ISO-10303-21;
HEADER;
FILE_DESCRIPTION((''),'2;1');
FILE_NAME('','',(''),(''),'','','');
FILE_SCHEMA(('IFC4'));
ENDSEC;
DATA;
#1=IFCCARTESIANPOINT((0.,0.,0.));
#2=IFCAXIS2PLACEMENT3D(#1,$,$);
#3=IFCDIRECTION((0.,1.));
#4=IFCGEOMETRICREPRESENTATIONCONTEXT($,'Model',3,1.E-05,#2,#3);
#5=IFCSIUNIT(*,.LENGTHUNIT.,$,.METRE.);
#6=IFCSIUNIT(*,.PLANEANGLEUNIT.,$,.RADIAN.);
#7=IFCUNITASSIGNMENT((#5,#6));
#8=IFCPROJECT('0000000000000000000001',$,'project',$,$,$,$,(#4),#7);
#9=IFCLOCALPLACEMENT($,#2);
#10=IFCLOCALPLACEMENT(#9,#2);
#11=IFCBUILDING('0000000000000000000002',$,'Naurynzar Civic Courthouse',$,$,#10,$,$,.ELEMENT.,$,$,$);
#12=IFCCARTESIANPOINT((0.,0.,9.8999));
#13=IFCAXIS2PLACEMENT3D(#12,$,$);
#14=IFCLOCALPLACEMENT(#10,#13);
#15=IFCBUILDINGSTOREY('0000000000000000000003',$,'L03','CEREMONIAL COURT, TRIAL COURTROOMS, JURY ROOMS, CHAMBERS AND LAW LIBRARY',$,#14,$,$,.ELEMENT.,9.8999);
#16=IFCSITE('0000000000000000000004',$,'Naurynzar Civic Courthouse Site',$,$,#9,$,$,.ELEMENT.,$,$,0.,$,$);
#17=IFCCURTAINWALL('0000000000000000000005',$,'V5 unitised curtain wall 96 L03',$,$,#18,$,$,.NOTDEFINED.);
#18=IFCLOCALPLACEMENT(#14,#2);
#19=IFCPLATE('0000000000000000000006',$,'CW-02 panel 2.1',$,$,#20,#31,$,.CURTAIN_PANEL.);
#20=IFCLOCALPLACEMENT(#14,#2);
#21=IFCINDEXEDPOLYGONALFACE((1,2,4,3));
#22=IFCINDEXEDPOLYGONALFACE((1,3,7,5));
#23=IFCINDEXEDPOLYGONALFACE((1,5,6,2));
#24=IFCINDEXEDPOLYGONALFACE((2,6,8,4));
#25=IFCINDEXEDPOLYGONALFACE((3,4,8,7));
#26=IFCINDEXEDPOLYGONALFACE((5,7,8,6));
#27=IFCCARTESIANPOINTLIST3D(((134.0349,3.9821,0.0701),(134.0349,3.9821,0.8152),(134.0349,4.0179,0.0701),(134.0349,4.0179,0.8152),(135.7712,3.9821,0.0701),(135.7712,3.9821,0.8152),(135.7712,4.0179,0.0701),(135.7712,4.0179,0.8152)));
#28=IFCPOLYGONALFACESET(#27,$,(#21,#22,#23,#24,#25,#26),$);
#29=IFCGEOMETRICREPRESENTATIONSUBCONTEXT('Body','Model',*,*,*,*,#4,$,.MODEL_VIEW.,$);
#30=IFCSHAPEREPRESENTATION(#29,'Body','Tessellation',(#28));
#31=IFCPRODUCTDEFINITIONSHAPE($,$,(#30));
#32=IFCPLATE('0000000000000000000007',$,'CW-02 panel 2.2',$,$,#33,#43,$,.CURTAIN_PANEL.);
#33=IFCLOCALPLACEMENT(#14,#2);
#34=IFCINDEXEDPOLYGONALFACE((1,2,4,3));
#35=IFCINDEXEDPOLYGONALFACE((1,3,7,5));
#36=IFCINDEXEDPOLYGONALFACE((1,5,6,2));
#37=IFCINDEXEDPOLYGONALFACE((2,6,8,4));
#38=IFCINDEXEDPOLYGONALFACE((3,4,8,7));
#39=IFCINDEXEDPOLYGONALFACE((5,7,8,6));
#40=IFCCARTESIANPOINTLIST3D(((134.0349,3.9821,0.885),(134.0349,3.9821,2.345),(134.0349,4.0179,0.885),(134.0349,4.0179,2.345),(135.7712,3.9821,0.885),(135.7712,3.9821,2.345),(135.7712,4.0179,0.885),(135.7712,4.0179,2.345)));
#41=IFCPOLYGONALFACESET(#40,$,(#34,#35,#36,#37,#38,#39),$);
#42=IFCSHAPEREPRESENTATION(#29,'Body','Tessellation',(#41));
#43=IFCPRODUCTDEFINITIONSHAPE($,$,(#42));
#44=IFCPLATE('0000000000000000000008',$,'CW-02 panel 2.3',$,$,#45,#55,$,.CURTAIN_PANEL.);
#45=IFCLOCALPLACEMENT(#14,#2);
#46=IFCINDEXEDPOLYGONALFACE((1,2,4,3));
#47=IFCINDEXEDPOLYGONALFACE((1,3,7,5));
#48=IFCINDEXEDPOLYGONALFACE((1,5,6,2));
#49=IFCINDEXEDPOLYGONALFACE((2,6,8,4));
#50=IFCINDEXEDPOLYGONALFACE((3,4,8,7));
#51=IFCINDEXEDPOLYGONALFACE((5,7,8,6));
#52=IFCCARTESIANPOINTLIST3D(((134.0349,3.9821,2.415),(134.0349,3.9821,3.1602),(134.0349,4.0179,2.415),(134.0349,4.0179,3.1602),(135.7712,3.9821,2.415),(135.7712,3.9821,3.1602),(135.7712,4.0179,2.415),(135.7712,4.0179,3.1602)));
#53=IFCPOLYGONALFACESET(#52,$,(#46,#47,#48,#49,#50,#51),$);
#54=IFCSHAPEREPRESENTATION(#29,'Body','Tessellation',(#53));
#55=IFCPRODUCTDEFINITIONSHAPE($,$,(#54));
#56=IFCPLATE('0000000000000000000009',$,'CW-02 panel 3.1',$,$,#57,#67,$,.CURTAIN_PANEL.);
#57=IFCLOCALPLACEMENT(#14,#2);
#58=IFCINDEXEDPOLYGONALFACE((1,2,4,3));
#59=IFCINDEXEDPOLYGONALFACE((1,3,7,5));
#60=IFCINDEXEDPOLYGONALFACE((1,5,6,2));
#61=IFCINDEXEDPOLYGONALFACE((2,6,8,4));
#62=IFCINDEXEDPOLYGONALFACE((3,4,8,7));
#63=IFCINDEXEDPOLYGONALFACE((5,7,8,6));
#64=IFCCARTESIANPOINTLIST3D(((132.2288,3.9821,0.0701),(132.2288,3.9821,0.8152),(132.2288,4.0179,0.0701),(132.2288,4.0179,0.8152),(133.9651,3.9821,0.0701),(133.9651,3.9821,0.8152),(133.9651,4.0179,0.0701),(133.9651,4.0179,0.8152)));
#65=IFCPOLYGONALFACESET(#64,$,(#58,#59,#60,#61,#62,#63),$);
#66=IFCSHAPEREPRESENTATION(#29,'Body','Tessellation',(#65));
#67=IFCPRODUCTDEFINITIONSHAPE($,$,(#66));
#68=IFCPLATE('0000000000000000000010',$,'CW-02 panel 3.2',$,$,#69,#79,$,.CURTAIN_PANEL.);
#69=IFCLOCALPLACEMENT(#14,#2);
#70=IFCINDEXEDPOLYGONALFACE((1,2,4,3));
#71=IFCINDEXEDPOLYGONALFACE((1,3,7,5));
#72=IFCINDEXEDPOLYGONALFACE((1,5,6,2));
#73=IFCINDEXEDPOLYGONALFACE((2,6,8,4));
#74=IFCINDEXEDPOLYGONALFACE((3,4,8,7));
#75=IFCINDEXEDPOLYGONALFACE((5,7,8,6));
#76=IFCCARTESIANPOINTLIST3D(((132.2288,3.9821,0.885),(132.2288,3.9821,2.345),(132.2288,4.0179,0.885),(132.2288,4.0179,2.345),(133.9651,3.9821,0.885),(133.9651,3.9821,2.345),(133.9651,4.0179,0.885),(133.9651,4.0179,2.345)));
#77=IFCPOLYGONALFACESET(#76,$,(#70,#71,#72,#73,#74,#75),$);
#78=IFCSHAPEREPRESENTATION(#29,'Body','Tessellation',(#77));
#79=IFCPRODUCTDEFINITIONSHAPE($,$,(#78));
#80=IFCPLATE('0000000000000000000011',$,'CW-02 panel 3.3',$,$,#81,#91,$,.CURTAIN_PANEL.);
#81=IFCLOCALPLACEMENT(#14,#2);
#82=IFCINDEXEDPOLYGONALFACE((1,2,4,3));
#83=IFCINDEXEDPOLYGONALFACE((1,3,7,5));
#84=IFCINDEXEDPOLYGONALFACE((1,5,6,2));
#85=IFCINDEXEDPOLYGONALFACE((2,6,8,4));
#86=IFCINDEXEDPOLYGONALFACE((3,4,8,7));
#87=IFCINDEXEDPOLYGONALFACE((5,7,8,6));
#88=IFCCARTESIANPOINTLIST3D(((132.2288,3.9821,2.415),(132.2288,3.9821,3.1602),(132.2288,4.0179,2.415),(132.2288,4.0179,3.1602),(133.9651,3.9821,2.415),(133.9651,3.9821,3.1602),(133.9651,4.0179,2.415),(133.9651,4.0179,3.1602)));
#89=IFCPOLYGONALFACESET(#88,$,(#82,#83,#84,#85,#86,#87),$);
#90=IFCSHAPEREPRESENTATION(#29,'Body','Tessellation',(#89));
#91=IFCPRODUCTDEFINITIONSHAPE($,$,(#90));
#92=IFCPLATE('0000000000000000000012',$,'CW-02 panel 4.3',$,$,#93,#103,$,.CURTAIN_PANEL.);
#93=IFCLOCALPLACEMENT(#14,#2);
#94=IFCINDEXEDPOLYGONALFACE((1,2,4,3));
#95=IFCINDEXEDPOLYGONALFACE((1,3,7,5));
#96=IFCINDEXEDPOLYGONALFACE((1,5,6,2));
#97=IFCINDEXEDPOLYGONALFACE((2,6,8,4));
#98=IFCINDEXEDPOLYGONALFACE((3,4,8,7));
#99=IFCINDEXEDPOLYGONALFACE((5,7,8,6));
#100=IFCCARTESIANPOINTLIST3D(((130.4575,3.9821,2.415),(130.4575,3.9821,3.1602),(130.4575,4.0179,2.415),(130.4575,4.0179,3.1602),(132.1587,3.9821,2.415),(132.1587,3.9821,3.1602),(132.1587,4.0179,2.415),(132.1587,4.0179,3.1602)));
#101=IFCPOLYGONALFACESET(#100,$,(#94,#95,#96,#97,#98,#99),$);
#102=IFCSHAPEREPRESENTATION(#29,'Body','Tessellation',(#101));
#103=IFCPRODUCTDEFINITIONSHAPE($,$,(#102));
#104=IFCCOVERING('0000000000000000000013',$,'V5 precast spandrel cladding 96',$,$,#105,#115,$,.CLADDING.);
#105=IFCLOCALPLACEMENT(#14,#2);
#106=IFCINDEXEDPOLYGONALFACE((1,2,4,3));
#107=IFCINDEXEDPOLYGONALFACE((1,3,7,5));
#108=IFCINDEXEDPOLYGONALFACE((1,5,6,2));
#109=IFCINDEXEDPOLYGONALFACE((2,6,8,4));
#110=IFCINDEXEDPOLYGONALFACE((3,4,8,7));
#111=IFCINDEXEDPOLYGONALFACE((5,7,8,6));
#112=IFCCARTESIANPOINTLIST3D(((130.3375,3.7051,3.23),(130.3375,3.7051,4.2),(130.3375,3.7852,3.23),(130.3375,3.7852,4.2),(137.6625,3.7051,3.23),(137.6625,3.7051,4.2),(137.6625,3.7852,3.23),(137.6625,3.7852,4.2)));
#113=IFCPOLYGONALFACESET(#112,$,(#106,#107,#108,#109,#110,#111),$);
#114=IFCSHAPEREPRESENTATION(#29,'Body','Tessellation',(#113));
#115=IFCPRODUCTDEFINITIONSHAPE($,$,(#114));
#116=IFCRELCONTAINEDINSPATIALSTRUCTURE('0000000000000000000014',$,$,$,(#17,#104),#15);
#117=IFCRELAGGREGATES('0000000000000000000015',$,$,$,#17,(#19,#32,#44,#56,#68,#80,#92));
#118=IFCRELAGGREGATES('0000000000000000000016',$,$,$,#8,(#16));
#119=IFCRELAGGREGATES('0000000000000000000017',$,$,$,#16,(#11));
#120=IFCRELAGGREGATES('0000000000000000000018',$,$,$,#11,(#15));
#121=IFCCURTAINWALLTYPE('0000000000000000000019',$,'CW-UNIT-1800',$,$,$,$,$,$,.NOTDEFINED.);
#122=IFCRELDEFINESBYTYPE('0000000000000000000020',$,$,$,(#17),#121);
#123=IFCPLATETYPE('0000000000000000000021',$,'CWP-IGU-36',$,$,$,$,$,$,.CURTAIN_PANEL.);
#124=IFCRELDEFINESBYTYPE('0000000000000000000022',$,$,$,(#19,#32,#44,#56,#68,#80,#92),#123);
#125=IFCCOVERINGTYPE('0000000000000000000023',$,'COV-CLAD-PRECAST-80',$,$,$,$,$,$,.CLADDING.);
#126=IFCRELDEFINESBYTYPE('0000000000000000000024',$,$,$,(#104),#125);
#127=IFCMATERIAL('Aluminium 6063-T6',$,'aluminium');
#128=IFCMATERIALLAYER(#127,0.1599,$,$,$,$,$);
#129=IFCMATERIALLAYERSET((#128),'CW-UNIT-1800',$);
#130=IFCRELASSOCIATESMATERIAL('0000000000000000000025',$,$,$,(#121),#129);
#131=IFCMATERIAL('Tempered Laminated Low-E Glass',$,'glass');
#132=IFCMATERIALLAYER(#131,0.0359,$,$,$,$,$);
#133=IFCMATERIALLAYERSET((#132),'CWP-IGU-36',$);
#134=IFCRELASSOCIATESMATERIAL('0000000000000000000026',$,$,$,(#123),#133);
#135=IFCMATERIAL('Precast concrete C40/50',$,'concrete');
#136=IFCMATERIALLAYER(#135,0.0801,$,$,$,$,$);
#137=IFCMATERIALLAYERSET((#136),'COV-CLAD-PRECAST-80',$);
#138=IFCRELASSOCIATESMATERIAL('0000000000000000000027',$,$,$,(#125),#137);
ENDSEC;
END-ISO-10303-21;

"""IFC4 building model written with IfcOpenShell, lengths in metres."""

from ifc_helpers import new_model, si_unit, direction, frame, origin, origin_2d, place, context, subcontext, project, spatial, rectangle, extrude, material, layer, layer_set, type_object, element, aggregate, save


model = new_model("IFC4")

# Units and contexts
model_context = context("Model", 3, precision=1e-05, world=origin(), true_north=direction((0.0, 1.0)))
body_context = subcontext(model_context, "Body", "Model", "MODEL_VIEW")
ifc_project = project(units=[si_unit("LENGTHUNIT", "METRE"), si_unit("PLANEANGLEUNIT", "RADIAN")], contexts=[model_context])

# Site, building, storey
site_placement = place(None, origin())
site = spatial("IfcSite", under=ifc_project, at=site_placement, Name="Naurynzar Civic Courthouse Site", CompositionType="ELEMENT", RefElevation=0.0)
building_placement = place(site_placement, origin())
building = spatial("IfcBuilding", under=site, at=building_placement, Name="Naurynzar Civic Courthouse", CompositionType="ELEMENT")
storey_placement = place(building_placement, frame((0.0, 0.0, 9.8999)))
storey = spatial("IfcBuildingStorey", under=building, at=storey_placement, Name="L03", Description="CEREMONIAL COURT, TRIAL COURTROOMS, JURY ROOMS, CHAMBERS AND LAW LIBRARY", CompositionType="ELEMENT", Elevation=9.8999)

# Curtain wall, plates
ifc_material_1 = material(Name="Aluminium 6063-T6", Category="aluminium")
ifc_layer_1 = layer(ifc_material_1, 0.1599)
ifc_layer_set_1 = layer_set([ifc_layer_1], Name="CW-UNIT-1800")
curtain_wall_type = type_object("IfcCurtainWallType", Name="CW-UNIT-1800", PredefinedType="NOTDEFINED", material=ifc_layer_set_1)
curtain_wall_placement = place(storey_placement, origin())
curtain_wall = element("IfcCurtainWall", 1, at=curtain_wall_placement, inside=storey, type_object=curtain_wall_type, Name="V5 unitised curtain wall 96 L03", PredefinedType="NOTDEFINED")
ifc_material_2 = material(Name="Tempered Laminated Low-E Glass", Category="glass")
ifc_layer_2 = layer(ifc_material_2, 0.0359)
ifc_layer_set_2 = layer_set([ifc_layer_2], Name="CWP-IGU-36")
plate_type = type_object("IfcPlateType", Name="CWP-IGU-36", PredefinedType="CURTAIN_PANEL", material=ifc_layer_set_2)
plate_1_placement = place(storey_placement, frame((134.9031, 4.0, 0.0701), z_axis=(0.0, 0.0, 1.0), x_axis=(-1.0, 0.0, 0.0)))
plate_1 = element("IfcPlate", 2, at=plate_1_placement, type_object=plate_type, Name="CW-02 panel 2.1", PredefinedType="CURTAIN_PANEL", context=body_context, shape_type="SweptSolid", body=[
    extrude(rectangle(XDim=1.7363, YDim=0.0359, at=origin_2d()), origin(), (0.0, 0.0, 1.0), 0.7451),
])
plate_2_placement = place(storey_placement, frame((134.9031, 4.0, 0.885), z_axis=(0.0, 0.0, 1.0), x_axis=(-1.0, 0.0, 0.0)))
plate_2 = element("IfcPlate", 3, at=plate_2_placement, type_object=plate_type, Name="CW-02 panel 2.2", PredefinedType="CURTAIN_PANEL", context=body_context, shape_type="SweptSolid", body=[
    extrude(rectangle(XDim=1.7363, YDim=0.0359, at=origin_2d()), origin(), (0.0, 0.0, 1.0), 1.46),
])
plate_3_placement = place(storey_placement, frame((134.9031, 4.0, 2.415), z_axis=(0.0, 0.0, 1.0), x_axis=(-1.0, 0.0, 0.0)))
plate_3 = element("IfcPlate", 4, at=plate_3_placement, type_object=plate_type, Name="CW-02 panel 2.3", PredefinedType="CURTAIN_PANEL", context=body_context, shape_type="SweptSolid", body=[
    extrude(rectangle(XDim=1.7363, YDim=0.0359, at=origin_2d()), origin(), (0.0, 0.0, 1.0), 0.7451),
])
plate_4_placement = place(storey_placement, frame((133.0969, 4.0, 0.0701), z_axis=(0.0, 0.0, 1.0), x_axis=(-1.0, 0.0, 0.0)))
plate_4 = element("IfcPlate", 5, at=plate_4_placement, type_object=plate_type, Name="CW-02 panel 3.1", PredefinedType="CURTAIN_PANEL", context=body_context, shape_type="SweptSolid", body=[
    extrude(rectangle(XDim=1.7363, YDim=0.0359, at=origin_2d()), origin(), (0.0, 0.0, 1.0), 0.7451),
])
plate_5_placement = place(storey_placement, frame((133.0969, 4.0, 0.885), z_axis=(0.0, 0.0, 1.0), x_axis=(-1.0, 0.0, 0.0)))
plate_5 = element("IfcPlate", 6, at=plate_5_placement, type_object=plate_type, Name="CW-02 panel 3.2", PredefinedType="CURTAIN_PANEL", context=body_context, shape_type="SweptSolid", body=[
    extrude(rectangle(XDim=1.7363, YDim=0.0359, at=origin_2d()), origin(), (0.0, 0.0, 1.0), 1.46),
])
plate_6_placement = place(storey_placement, frame((133.0969, 4.0, 2.415), z_axis=(0.0, 0.0, 1.0), x_axis=(-1.0, 0.0, 0.0)))
plate_6 = element("IfcPlate", 7, at=plate_6_placement, type_object=plate_type, Name="CW-02 panel 3.3", PredefinedType="CURTAIN_PANEL", context=body_context, shape_type="SweptSolid", body=[
    extrude(rectangle(XDim=1.7363, YDim=0.0359, at=origin_2d()), origin(), (0.0, 0.0, 1.0), 0.7451),
])
plate_7_placement = place(storey_placement, frame((131.3081, 4.0, 2.415), z_axis=(0.0, 0.0, 1.0), x_axis=(-1.0, 0.0, 0.0)))
plate_7 = element("IfcPlate", 8, at=plate_7_placement, type_object=plate_type, Name="CW-02 panel 4.3", PredefinedType="CURTAIN_PANEL", context=body_context, shape_type="SweptSolid", body=[
    extrude(rectangle(XDim=1.7012, YDim=0.0359, at=origin_2d()), origin(), (0.0, 0.0, 1.0), 0.7451),
])
aggregate(curtain_wall, [plate_1, plate_2, plate_3, plate_4, plate_5, plate_6, plate_7])

# Covering
ifc_material_3 = material(Name="Precast concrete C40/50", Category="concrete")
ifc_layer_3 = layer(ifc_material_3, 0.0801)
ifc_layer_set_3 = layer_set([ifc_layer_3], Name="COV-CLAD-PRECAST-80")
covering_type = type_object("IfcCoveringType", Name="COV-CLAD-PRECAST-80", PredefinedType="CLADDING", material=ifc_layer_set_3)
covering_placement = place(storey_placement, frame((134.0, 3.7451, 3.23), z_axis=(0.0, 0.0, 1.0), x_axis=(-1.0, 0.0, 0.0)))
element("IfcCovering", 9, at=covering_placement, inside=storey, type_object=covering_type, Name="V5 precast spandrel cladding 96", PredefinedType="CLADDING", context=body_context, shape_type="SweptSolid", body=[
    extrude(rectangle(XDim=7.325, YDim=0.0801, at=origin_2d()), origin(), (0.0, 0.0, 1.0), 0.97),
])

save(model, "model.ifc")
